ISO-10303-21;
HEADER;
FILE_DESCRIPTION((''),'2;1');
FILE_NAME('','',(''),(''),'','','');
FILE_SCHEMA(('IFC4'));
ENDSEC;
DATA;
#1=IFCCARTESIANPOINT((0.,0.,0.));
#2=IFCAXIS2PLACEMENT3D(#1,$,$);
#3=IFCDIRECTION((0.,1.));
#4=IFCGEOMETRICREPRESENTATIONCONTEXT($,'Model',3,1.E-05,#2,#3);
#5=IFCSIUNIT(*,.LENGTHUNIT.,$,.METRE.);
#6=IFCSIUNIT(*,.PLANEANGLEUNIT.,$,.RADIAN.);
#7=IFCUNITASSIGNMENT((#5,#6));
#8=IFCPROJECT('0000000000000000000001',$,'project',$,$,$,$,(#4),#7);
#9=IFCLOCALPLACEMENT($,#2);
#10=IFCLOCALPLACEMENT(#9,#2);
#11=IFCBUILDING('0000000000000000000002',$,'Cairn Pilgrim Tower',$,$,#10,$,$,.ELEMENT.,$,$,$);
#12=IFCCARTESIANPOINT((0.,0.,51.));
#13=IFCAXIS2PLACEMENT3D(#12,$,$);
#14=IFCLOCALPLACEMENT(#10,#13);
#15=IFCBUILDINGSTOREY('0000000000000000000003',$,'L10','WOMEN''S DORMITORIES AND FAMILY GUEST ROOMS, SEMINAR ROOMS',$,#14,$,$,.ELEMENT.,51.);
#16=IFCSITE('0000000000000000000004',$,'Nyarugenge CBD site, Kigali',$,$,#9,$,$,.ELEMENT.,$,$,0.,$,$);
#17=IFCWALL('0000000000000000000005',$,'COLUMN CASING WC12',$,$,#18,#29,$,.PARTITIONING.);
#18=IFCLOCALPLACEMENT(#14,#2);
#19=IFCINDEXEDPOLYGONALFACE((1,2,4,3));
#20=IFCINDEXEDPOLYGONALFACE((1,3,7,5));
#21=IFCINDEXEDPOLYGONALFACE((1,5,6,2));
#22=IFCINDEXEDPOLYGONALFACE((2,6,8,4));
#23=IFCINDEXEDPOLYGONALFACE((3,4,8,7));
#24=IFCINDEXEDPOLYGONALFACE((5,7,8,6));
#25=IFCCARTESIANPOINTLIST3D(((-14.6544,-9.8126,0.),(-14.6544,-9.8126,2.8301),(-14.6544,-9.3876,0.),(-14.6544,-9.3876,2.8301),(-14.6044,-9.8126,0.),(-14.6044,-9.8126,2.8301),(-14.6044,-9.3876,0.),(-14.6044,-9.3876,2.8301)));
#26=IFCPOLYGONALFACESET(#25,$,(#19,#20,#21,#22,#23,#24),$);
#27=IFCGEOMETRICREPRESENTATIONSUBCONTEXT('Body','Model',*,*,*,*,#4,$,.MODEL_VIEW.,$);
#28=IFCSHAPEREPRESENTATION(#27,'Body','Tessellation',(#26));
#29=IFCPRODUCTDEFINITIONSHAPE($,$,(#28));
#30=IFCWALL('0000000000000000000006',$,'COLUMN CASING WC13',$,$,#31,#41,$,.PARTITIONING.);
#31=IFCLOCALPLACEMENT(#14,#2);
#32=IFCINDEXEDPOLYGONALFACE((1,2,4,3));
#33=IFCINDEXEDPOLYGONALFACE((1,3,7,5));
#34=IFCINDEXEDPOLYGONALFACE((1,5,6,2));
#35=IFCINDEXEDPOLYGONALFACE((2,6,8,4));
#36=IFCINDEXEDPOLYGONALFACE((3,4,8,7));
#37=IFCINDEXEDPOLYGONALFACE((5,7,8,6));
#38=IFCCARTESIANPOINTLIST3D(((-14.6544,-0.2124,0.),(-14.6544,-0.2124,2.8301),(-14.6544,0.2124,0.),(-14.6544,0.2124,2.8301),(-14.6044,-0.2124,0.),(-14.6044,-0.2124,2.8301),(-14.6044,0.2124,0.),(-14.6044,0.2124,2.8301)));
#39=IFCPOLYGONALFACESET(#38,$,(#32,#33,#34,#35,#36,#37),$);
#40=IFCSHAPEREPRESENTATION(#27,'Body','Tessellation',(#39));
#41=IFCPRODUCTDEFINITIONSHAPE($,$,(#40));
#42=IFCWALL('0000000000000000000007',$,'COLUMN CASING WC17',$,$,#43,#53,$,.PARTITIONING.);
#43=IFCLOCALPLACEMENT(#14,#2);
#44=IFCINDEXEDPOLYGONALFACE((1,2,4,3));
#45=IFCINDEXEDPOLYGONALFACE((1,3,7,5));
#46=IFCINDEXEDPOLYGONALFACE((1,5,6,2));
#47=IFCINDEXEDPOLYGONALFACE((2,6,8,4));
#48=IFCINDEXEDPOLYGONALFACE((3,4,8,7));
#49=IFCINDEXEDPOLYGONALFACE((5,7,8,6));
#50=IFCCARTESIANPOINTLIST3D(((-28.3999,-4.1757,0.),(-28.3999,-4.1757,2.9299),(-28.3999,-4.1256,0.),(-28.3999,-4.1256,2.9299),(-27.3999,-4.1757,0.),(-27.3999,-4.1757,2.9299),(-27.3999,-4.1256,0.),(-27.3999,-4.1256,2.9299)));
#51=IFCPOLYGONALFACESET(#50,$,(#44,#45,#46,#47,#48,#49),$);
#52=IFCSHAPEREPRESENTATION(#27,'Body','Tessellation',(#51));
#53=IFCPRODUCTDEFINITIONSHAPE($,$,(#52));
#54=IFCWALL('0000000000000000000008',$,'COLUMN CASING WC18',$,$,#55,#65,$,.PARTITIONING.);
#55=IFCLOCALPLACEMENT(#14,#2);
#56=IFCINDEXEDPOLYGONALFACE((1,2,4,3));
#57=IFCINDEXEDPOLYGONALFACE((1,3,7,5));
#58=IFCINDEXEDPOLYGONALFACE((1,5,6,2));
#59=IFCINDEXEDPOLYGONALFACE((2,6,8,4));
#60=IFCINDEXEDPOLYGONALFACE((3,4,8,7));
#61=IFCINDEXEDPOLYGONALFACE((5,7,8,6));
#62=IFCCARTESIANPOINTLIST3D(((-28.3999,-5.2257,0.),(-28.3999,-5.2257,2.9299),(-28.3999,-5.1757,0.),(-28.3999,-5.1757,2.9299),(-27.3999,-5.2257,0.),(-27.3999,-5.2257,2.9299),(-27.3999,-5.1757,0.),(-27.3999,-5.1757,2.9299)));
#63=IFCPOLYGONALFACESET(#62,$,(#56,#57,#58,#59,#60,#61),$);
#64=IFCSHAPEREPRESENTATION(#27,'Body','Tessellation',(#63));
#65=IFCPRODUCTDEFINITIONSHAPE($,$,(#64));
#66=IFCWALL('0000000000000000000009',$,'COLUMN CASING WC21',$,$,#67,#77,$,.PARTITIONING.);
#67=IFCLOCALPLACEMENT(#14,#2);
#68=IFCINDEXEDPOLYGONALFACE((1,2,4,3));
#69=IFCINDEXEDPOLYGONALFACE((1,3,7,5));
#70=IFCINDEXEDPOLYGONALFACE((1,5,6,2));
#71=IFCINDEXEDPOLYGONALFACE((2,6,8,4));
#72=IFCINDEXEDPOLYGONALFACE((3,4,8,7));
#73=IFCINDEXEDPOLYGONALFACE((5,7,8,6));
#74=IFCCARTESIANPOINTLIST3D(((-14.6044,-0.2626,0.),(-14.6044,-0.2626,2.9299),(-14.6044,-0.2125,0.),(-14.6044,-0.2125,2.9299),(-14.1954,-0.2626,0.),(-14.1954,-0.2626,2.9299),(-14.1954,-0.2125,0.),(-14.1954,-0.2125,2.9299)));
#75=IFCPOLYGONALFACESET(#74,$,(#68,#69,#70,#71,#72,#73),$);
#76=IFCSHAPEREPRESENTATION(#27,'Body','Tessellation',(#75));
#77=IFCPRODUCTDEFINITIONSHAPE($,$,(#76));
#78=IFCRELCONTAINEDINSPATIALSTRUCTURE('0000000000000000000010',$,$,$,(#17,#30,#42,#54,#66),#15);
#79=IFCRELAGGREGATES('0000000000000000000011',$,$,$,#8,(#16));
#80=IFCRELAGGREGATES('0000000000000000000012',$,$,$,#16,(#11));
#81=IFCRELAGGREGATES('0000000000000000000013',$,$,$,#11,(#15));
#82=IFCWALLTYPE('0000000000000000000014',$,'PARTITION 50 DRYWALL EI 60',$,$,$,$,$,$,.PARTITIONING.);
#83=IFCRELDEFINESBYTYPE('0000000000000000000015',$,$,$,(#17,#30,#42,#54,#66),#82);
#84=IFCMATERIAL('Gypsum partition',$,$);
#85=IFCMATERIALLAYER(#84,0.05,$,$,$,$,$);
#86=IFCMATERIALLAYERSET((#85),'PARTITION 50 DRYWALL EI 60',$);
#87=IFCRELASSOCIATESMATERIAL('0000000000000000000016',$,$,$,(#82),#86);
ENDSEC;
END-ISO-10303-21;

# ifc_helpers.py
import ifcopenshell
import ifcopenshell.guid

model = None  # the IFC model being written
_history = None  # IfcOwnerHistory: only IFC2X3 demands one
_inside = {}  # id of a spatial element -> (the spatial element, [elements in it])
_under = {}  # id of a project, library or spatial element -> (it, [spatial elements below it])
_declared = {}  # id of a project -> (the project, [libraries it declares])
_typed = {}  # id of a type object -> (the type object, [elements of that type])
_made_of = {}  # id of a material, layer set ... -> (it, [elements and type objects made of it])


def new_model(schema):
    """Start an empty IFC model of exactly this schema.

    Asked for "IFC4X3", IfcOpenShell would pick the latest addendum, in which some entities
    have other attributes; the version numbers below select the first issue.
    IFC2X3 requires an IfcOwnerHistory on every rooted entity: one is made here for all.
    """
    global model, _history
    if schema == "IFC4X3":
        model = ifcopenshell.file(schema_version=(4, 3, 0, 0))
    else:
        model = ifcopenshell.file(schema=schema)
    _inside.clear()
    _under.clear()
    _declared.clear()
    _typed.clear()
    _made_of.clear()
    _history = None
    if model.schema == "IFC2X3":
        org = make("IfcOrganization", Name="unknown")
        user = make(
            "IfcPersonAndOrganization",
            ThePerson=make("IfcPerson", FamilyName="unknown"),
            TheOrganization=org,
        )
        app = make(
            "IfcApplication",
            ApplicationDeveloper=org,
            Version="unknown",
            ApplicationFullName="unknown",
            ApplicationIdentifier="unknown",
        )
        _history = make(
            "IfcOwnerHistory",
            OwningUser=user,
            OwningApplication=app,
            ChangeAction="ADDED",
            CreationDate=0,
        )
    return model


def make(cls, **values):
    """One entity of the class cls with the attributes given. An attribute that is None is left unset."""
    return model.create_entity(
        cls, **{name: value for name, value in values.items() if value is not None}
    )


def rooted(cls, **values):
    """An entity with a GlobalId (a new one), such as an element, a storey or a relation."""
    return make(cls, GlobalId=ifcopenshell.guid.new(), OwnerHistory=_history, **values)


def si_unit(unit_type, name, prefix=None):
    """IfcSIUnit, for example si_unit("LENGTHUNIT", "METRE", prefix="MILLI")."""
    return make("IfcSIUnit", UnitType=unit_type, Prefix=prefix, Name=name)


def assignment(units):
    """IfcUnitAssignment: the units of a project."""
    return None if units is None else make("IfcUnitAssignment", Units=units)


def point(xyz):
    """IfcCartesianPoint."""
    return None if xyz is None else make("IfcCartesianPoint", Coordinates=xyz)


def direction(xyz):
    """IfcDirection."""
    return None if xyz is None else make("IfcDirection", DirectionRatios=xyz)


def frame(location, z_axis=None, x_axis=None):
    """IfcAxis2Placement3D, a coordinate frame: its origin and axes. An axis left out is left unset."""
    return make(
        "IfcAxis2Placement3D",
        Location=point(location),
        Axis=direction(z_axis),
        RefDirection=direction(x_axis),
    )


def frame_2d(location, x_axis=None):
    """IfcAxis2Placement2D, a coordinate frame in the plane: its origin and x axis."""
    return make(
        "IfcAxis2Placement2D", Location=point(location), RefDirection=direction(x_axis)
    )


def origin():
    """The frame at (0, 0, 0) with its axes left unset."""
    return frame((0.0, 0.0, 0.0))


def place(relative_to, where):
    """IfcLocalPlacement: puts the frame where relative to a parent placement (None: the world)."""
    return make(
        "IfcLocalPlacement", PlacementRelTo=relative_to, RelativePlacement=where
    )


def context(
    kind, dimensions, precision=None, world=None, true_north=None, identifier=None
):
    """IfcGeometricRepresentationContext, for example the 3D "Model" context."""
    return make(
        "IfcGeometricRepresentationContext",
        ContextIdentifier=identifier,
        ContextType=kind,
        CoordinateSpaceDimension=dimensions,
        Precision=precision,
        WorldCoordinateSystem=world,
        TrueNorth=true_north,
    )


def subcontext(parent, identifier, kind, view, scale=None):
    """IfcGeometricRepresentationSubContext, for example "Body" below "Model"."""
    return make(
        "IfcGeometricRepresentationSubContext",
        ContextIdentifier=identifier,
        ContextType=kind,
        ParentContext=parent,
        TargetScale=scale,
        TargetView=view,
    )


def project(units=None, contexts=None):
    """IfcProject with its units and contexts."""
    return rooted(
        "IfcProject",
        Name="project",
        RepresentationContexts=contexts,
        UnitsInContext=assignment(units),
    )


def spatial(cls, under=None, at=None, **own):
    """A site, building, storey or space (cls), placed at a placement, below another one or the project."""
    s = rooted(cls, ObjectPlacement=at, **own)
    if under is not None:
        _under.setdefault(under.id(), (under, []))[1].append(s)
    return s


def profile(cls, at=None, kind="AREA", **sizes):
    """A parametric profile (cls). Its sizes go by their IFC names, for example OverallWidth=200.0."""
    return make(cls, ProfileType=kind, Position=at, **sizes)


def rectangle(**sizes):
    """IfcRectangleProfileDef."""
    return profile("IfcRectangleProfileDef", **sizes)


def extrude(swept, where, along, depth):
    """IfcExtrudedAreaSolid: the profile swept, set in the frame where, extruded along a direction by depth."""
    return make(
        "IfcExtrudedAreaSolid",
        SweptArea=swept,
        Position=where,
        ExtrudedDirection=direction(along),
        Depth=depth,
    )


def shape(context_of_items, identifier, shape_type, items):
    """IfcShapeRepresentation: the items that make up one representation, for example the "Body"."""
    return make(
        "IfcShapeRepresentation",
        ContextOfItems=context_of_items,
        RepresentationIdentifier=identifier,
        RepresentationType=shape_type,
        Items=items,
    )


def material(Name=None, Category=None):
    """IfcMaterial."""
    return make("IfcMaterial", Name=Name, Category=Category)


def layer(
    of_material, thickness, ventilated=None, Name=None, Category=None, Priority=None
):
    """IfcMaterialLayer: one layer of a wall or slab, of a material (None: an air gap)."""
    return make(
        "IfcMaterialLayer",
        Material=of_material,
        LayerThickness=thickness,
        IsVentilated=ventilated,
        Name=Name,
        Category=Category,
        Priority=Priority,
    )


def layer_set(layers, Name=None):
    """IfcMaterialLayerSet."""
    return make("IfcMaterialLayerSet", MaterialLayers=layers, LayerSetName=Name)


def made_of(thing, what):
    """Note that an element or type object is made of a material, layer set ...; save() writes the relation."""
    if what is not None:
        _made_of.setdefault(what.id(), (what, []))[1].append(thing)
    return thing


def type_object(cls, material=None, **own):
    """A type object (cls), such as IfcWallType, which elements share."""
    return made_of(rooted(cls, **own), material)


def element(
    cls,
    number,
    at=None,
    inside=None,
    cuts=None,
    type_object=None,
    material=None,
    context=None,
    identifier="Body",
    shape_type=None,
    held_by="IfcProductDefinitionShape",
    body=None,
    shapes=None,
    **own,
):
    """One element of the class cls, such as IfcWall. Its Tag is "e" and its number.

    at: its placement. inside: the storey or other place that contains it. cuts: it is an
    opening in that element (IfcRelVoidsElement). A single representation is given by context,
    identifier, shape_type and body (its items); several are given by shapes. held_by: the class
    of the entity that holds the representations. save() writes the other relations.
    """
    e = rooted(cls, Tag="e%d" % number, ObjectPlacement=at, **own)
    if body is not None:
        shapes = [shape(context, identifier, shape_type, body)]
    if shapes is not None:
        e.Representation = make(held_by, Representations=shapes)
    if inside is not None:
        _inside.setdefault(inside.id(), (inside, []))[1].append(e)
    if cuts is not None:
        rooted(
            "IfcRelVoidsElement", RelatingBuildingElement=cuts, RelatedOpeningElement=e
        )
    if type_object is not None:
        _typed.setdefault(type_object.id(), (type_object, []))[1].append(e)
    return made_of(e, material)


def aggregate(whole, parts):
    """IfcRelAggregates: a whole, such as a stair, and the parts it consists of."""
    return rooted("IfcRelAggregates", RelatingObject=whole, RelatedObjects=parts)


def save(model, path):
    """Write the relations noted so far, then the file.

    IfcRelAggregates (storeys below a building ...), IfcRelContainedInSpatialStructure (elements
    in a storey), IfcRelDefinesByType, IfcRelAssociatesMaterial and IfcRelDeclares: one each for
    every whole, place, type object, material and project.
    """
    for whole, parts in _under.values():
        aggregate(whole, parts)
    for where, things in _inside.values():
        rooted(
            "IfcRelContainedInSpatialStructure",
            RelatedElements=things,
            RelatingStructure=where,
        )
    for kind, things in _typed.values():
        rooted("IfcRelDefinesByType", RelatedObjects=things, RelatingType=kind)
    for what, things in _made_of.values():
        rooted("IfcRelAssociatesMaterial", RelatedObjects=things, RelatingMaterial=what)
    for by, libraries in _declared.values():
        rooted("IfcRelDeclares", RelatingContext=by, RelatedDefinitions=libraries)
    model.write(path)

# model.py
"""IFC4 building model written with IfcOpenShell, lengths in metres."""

from ifc_helpers import new_model, si_unit, direction, frame, frame_2d, origin, place, context, subcontext, project, spatial, rectangle, extrude, material, layer, layer_set, type_object, element, save


model = new_model("IFC4")

# Units and contexts
model_context = context("Model", 3, precision=1e-05, world=origin(), true_north=direction((0.0, 1.0)))
body_context = subcontext(model_context, "Body", "Model", "MODEL_VIEW")
ifc_project = project(units=[si_unit("LENGTHUNIT", "METRE"), si_unit("PLANEANGLEUNIT", "RADIAN")], contexts=[model_context])

# Site, building, storey
site_placement = place(None, origin())
site = spatial("IfcSite", under=ifc_project, at=site_placement, Name="Nyarugenge CBD site, Kigali", CompositionType="ELEMENT", RefElevation=0.0)
building_placement = place(site_placement, origin())
building = spatial("IfcBuilding", under=site, at=building_placement, Name="Cairn Pilgrim Tower", CompositionType="ELEMENT")
storey_placement = place(building_placement, frame((0.0, 0.0, 51.0)))
storey = spatial("IfcBuildingStorey", under=building, at=storey_placement, Name="L10", Description="WOMEN'S DORMITORIES AND FAMILY GUEST ROOMS, SEMINAR ROOMS", CompositionType="ELEMENT", Elevation=51.0)

# Shared definitions
ifc_material_1 = material(Name="Gypsum partition")

# Walls
ifc_layer_1 = layer(ifc_material_1, 0.05)
ifc_layer_set_1 = layer_set([ifc_layer_1], Name="PARTITION 50 DRYWALL EI 60")
wall_type_1 = type_object("IfcWallType", Name="PARTITION 50 DRYWALL EI 60", PredefinedType="PARTITIONING", material=ifc_layer_set_1)
wall_1_placement = place(storey_placement, frame((-14.6294, -9.8125, 0.0), z_axis=(0.0, 0.0, 1.0), x_axis=(0.0, 1.0, 0.0)))
element("IfcWall", 1, at=wall_1_placement, inside=storey, type_object=wall_type_1, Name="COLUMN CASING WC12", PredefinedType="PARTITIONING", context=body_context, shape_type="SweptSolid", body=[
    extrude(rectangle(XDim=0.425, YDim=0.05, at=frame_2d((0.2124, 0.0))), origin(), (0.0, 0.0, 1.0), 2.8301),
])
wall_2_placement = place(storey_placement, frame((-14.6294, -0.2124, 0.0), z_axis=(0.0, 0.0, 1.0), x_axis=(0.0, 1.0, 0.0)))
element("IfcWall", 2, at=wall_2_placement, inside=storey, type_object=wall_type_1, Name="COLUMN CASING WC13", PredefinedType="PARTITIONING", context=body_context, shape_type="SweptSolid", body=[
    extrude(rectangle(XDim=0.4248, YDim=0.05, at=frame_2d((0.2124, 0.0))), origin(), (0.0, 0.0, 1.0), 2.8301),
])
for number, where, z_axis, x_axis, name in (
    (3, (-28.3999, -4.1506, 0.0), (0.0, 0.0, 1.0), (1.0, 0.0, 0.0), "COLUMN CASING WC17"),
    (4, (-28.3999, -5.2007, 0.0), (0.0, 0.0, 1.0), (1.0, 0.0, 0.0), "COLUMN CASING WC18"),
):
    element("IfcWall", number, at=place(storey_placement, frame(where, z_axis=z_axis, x_axis=x_axis)), inside=storey, type_object=wall_type_1, Name=name, PredefinedType="PARTITIONING", context=body_context, shape_type="SweptSolid", body=[
        extrude(rectangle(XDim=1.0, YDim=0.05, at=frame_2d((0.5, 0.0))), origin(), (0.0, 0.0, 1.0), 2.9299),
    ])
wall_3_placement = place(storey_placement, frame((-14.6045, -0.2375, 0.0), z_axis=(0.0, 0.0, 1.0), x_axis=(1.0, 0.0, 0.0)))
element("IfcWall", 5, at=wall_3_placement, inside=storey, type_object=wall_type_1, Name="COLUMN CASING WC21", PredefinedType="PARTITIONING", context=body_context, shape_type="SweptSolid", body=[
    extrude(rectangle(XDim=0.4089, YDim=0.05, at=frame_2d((0.2046, 0.0))), origin(), (0.0, 0.0, 1.0), 2.9299),
])

save(model, "model.ifc")
